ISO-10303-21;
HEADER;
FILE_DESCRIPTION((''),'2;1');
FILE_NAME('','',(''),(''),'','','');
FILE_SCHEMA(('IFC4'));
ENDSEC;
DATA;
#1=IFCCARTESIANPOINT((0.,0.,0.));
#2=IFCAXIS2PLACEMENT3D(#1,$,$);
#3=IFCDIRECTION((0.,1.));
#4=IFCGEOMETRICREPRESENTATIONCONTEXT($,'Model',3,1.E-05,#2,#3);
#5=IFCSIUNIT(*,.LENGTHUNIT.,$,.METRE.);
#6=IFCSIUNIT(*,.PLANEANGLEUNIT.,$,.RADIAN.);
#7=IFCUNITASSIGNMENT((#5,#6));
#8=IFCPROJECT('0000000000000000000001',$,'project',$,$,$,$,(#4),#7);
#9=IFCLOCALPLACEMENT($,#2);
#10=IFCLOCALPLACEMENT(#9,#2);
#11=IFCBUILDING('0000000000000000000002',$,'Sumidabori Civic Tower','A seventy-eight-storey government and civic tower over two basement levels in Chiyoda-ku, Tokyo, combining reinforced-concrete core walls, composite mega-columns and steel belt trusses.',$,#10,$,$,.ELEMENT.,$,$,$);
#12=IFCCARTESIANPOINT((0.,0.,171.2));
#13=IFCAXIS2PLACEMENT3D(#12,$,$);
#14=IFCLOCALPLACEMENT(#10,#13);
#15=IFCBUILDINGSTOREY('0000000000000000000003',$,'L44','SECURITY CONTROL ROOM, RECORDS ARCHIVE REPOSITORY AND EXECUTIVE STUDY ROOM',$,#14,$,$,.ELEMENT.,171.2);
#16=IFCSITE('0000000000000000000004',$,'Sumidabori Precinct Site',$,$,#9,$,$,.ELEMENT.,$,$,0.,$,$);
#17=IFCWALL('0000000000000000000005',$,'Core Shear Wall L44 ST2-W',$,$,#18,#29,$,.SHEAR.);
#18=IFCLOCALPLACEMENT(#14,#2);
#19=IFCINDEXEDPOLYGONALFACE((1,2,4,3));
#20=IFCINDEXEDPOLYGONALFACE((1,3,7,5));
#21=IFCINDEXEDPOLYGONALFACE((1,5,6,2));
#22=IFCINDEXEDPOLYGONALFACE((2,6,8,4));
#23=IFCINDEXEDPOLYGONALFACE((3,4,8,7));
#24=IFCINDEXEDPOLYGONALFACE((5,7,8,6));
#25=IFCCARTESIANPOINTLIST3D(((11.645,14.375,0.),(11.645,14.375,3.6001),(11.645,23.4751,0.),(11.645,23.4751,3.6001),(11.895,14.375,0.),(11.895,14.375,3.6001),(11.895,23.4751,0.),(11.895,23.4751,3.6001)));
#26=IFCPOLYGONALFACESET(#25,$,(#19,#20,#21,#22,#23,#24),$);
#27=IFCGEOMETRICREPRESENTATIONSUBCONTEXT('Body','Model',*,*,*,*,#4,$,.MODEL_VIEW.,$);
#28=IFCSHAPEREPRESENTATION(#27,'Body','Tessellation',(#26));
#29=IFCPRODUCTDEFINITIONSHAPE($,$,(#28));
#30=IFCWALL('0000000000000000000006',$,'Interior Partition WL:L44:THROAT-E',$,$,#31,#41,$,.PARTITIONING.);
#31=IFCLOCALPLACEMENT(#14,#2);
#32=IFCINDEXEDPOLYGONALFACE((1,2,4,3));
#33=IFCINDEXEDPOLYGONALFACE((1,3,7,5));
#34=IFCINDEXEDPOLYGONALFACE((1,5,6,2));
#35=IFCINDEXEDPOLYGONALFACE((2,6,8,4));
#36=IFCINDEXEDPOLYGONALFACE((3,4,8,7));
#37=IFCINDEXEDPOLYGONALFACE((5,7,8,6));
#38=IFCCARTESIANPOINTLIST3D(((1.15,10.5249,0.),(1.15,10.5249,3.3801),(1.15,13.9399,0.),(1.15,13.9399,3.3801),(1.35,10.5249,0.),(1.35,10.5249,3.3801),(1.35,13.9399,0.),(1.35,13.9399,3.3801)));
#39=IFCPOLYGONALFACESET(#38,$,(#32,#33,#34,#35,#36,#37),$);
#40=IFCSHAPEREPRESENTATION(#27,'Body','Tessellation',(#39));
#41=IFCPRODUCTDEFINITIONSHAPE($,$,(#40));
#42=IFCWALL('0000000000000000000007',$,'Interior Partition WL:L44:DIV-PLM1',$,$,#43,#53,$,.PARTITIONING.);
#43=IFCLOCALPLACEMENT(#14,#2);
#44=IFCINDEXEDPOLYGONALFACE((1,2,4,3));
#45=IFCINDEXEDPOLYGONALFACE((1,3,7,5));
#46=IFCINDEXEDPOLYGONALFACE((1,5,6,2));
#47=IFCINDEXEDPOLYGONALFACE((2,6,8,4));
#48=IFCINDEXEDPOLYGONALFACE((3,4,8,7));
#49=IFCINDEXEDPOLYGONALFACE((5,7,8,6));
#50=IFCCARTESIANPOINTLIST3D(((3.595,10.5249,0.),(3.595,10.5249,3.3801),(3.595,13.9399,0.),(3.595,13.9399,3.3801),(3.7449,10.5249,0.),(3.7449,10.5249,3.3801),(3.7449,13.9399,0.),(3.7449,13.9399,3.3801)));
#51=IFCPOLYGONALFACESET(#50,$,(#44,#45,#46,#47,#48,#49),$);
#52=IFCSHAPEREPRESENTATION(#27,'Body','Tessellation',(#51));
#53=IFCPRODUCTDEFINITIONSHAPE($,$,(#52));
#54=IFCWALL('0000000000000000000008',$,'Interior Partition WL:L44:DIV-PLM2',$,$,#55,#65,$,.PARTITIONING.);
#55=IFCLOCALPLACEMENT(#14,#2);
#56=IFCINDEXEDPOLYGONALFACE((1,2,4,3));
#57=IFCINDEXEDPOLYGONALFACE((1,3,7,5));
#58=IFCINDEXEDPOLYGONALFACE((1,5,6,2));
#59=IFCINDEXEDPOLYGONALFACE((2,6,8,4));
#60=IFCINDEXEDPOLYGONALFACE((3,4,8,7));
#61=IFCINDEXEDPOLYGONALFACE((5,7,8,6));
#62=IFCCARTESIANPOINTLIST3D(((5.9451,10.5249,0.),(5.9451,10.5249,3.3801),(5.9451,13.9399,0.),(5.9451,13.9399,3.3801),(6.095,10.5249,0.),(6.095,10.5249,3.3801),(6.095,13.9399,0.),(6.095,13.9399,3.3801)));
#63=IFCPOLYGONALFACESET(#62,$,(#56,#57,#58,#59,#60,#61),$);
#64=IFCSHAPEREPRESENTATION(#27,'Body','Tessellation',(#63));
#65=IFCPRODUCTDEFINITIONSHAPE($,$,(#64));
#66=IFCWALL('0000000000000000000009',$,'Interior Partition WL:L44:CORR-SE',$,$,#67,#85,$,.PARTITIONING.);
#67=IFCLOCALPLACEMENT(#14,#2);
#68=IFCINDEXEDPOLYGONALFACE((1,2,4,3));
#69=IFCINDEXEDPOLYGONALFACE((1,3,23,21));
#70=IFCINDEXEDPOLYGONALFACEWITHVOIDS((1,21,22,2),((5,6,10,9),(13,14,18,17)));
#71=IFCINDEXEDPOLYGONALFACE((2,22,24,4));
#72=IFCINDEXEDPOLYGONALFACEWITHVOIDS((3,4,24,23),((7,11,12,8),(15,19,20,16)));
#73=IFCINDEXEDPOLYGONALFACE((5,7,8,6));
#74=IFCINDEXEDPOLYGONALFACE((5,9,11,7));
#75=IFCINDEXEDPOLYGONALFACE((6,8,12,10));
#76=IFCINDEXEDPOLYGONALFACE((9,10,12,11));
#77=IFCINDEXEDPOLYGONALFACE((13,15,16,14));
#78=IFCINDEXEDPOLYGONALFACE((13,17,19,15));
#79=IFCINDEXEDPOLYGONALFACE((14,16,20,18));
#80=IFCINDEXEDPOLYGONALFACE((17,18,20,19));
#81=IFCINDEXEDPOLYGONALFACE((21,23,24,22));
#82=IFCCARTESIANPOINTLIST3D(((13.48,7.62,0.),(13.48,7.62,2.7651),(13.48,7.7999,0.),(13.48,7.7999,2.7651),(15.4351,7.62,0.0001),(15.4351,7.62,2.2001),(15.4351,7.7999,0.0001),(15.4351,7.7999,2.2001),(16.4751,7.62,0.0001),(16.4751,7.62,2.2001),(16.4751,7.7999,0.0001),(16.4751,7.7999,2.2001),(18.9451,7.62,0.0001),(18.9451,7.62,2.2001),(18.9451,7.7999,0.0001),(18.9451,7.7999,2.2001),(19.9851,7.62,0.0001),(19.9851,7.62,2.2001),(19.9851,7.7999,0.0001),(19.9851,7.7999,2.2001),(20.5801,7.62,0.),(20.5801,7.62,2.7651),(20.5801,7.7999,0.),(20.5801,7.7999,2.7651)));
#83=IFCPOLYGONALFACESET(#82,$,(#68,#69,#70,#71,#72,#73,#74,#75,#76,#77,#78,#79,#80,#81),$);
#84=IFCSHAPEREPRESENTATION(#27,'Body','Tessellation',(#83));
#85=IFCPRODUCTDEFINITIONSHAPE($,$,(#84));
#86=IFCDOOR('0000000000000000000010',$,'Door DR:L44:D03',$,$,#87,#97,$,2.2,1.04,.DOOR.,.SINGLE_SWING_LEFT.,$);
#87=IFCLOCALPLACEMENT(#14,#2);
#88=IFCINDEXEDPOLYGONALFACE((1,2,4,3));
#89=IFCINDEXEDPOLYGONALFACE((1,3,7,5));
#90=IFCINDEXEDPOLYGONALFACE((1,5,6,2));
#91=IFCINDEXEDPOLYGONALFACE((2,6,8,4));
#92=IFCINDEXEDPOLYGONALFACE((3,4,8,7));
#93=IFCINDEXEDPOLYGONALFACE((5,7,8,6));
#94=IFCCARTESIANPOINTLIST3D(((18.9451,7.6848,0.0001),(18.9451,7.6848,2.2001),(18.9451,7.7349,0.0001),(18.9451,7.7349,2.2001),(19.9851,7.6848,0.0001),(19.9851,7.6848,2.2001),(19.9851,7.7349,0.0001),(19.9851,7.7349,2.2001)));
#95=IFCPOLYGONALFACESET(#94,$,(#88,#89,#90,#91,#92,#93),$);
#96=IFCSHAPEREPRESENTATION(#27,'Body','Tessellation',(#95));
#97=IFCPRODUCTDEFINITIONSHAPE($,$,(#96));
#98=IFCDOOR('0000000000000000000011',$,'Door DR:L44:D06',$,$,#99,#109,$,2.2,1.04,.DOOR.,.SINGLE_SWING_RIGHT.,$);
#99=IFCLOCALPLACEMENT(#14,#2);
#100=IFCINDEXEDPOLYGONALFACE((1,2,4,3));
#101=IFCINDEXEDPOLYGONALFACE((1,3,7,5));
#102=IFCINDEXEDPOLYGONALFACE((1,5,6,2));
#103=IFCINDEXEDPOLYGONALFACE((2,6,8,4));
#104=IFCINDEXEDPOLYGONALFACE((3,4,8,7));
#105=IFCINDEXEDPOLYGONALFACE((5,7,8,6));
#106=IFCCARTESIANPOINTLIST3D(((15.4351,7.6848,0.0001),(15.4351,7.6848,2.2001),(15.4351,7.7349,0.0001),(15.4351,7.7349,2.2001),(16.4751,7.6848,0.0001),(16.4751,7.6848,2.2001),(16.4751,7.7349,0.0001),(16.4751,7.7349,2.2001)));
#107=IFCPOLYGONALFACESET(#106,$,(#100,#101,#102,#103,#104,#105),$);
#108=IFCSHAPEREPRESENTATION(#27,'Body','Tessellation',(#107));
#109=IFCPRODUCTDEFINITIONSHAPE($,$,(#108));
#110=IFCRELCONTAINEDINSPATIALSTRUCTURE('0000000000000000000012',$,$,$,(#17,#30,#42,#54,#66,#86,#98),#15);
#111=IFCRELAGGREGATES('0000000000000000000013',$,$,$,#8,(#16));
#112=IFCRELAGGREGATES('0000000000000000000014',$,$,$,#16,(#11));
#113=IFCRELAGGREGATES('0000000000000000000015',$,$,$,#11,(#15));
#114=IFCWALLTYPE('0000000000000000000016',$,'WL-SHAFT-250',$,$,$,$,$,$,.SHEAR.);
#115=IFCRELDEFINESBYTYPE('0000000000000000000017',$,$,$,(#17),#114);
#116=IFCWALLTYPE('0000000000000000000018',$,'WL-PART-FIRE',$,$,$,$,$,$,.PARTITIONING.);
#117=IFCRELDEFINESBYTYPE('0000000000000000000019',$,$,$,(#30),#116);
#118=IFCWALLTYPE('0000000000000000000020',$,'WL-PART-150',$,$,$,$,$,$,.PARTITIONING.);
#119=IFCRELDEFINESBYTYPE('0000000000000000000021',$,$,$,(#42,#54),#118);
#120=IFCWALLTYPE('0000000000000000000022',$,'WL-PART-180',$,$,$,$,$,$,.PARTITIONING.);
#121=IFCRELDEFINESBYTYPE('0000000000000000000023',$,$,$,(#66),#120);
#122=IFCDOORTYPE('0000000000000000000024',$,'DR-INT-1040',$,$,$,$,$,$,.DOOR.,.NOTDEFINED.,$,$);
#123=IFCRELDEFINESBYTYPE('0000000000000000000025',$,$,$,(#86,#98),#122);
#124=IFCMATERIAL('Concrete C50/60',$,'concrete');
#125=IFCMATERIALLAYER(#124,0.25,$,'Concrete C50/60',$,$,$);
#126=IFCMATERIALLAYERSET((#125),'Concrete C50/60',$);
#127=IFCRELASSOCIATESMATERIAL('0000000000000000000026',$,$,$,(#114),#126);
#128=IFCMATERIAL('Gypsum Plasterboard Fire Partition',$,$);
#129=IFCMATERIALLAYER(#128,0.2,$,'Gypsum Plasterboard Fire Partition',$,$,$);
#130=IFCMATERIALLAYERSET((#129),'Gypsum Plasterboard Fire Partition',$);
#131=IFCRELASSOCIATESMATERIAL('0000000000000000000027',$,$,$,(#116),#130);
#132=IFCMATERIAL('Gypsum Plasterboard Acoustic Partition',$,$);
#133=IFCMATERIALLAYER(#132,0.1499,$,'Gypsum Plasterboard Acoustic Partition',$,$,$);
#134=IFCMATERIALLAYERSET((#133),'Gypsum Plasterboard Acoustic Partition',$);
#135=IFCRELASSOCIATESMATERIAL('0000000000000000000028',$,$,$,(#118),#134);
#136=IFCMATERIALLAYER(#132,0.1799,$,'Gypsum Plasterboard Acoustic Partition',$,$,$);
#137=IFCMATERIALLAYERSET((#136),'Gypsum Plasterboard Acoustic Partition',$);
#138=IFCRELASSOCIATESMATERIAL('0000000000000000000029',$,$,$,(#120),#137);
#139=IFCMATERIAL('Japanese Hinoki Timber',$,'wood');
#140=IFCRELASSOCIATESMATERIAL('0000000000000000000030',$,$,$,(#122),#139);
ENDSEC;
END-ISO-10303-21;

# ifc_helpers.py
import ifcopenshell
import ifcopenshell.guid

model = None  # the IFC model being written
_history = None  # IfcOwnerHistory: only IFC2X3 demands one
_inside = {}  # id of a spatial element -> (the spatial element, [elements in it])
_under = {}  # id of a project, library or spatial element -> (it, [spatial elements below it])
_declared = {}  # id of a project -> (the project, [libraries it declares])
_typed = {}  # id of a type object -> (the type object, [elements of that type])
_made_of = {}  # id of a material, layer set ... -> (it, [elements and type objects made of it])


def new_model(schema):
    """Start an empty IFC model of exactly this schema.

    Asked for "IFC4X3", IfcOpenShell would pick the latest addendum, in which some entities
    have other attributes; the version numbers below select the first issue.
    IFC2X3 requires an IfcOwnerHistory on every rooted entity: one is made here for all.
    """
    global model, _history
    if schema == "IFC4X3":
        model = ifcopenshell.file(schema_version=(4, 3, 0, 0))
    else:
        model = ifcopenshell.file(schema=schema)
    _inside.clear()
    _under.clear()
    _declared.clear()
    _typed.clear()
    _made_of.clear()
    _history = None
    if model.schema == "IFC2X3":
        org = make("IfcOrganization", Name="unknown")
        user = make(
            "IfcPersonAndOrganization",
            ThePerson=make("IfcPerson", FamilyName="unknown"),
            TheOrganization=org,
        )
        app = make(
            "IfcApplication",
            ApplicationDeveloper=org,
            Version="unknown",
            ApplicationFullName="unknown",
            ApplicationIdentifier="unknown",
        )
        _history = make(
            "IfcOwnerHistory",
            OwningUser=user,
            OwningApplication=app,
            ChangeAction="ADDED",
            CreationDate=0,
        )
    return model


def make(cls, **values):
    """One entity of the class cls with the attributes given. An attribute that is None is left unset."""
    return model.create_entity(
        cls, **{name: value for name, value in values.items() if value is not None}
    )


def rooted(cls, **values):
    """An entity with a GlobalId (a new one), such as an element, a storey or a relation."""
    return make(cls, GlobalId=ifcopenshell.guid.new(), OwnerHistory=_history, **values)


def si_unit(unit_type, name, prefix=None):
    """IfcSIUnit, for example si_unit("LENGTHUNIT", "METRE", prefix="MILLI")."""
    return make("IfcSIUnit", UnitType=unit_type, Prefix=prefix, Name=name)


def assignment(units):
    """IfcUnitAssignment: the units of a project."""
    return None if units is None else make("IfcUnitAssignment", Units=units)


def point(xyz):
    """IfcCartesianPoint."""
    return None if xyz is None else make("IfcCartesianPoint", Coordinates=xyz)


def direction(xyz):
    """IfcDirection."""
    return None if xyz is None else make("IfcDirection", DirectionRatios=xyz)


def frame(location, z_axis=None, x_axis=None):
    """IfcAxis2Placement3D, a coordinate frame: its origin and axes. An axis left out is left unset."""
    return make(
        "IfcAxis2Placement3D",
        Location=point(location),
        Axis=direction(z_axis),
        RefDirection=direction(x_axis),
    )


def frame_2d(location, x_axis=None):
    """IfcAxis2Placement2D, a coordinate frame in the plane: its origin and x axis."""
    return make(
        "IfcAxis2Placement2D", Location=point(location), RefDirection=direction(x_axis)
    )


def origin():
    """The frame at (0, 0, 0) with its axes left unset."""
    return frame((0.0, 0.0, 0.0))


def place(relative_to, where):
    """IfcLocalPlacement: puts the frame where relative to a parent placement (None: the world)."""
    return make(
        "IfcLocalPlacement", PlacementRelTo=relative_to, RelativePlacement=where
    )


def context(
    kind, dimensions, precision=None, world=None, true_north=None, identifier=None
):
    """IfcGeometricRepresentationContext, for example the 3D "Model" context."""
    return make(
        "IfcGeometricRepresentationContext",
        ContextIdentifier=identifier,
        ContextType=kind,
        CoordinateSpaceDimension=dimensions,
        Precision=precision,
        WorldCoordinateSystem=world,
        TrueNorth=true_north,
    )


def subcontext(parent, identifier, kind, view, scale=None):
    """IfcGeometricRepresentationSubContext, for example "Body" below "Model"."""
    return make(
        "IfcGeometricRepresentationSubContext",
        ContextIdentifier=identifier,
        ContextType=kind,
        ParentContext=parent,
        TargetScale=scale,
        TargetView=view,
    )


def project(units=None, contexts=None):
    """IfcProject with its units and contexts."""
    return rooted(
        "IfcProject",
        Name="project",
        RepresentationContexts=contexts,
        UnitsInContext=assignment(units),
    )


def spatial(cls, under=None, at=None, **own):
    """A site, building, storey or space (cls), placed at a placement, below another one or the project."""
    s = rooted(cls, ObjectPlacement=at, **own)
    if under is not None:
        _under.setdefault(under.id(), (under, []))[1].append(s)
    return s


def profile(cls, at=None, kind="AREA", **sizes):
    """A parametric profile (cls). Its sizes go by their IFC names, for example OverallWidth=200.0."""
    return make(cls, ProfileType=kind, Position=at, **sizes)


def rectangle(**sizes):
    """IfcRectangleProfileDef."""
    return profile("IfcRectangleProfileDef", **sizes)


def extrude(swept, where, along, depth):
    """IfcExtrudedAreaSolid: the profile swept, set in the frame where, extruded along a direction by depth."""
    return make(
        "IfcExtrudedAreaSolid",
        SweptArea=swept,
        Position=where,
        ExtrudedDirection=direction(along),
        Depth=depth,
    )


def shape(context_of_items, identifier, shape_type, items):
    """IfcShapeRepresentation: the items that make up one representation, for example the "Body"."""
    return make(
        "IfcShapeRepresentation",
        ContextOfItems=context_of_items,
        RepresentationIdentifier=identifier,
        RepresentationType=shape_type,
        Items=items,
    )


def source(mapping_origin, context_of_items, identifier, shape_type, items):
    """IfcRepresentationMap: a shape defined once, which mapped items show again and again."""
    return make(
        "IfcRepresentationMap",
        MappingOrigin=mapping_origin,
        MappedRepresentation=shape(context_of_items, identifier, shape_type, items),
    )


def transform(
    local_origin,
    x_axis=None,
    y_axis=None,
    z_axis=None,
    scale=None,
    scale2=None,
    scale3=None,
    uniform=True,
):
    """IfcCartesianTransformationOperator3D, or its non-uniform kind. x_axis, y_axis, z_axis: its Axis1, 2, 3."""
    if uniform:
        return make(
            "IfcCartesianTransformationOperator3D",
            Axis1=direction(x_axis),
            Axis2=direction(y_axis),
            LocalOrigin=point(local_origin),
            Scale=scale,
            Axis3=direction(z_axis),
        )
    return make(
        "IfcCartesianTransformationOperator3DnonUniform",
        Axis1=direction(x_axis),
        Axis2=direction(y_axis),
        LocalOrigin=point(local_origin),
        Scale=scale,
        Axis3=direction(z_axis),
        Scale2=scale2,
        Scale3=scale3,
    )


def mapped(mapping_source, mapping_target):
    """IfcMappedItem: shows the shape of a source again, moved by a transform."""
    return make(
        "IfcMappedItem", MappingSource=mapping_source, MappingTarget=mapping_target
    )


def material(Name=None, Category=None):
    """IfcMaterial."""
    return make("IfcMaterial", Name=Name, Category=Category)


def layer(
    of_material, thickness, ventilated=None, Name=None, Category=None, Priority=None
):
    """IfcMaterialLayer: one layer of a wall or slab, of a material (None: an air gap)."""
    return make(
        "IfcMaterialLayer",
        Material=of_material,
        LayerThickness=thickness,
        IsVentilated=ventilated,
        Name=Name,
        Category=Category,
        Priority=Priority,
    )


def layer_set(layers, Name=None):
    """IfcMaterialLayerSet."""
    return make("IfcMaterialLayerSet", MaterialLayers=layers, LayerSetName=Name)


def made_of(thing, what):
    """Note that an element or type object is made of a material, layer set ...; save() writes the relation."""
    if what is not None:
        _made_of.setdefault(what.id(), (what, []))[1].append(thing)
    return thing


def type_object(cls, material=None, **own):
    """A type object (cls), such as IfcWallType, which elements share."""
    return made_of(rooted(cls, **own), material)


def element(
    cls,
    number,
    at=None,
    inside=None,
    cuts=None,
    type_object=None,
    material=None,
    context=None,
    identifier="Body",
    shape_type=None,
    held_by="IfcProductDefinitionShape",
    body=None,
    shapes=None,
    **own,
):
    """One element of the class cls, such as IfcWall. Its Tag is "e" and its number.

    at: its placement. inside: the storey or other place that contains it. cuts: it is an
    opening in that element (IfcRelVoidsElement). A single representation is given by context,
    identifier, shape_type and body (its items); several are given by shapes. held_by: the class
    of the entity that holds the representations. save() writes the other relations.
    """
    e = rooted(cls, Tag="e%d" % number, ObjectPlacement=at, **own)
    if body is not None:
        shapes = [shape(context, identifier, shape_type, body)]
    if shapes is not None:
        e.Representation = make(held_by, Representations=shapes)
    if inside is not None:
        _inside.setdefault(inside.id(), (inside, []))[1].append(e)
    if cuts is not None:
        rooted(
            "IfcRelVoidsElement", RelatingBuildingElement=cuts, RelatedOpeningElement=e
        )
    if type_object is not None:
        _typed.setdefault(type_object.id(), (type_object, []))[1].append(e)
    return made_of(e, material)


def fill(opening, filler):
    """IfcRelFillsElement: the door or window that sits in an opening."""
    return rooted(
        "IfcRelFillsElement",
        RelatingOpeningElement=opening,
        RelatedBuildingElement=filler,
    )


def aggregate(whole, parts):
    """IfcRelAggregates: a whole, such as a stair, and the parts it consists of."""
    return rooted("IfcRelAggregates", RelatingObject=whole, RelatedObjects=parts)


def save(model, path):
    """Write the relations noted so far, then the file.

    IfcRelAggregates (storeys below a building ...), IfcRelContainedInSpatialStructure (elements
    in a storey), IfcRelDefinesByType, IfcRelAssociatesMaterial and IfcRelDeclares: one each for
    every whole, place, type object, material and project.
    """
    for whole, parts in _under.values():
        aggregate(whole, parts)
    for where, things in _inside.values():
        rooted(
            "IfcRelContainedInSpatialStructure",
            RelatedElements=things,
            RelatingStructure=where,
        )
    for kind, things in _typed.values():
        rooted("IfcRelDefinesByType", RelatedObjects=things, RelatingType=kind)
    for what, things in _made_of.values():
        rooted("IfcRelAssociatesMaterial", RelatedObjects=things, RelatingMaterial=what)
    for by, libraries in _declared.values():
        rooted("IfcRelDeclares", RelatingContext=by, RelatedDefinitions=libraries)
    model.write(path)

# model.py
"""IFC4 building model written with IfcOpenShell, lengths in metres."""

from ifc_helpers import new_model, si_unit, direction, frame, frame_2d, origin, place, context, subcontext, project, spatial, rectangle, extrude, source, transform, mapped, material, layer, layer_set, type_object, element, fill, save


model = new_model("IFC4")

# Units and contexts
model_context = context("Model", 3, precision=1e-05, world=origin(), true_north=direction((0.0, 1.0)))
body_context = subcontext(model_context, "Body", "Model", "MODEL_VIEW")
ifc_project = project(units=[si_unit("LENGTHUNIT", "METRE"), si_unit("PLANEANGLEUNIT", "RADIAN")], contexts=[model_context])

# Site, building, storey
site_placement = place(None, origin())
site = spatial("IfcSite", under=ifc_project, at=site_placement, Name="Sumidabori Precinct Site", CompositionType="ELEMENT", RefElevation=0.0)
building_placement = place(site_placement, origin())
building = spatial("IfcBuilding", under=site, at=building_placement, Name="Sumidabori Civic Tower", Description="A seventy-eight-storey government and civic tower over two basement levels in Chiyoda-ku, Tokyo, combining reinforced-concrete core walls, composite mega-columns and steel belt trusses.", CompositionType="ELEMENT")
storey_placement = place(building_placement, frame((0.0, 0.0, 171.2)))
storey = spatial("IfcBuildingStorey", under=building, at=storey_placement, Name="L44", Description="SECURITY CONTROL ROOM, RECORDS ARCHIVE REPOSITORY AND EXECUTIVE STUDY ROOM", CompositionType="ELEMENT", Elevation=171.2)

# Shared definitions
ifc_material_1 = material(Name="Concrete C50/60", Category="concrete")

# Shared definitions
ifc_layer_1 = layer(ifc_material_1, 0.25, Name="Concrete C50/60")
ifc_layer_set_1 = layer_set([ifc_layer_1], Name="Concrete C50/60")
wall_type_1 = type_object("IfcWallType", Name="WL-SHAFT-250", PredefinedType="SHEAR", material=ifc_layer_set_1)
ifc_material_2 = material(Name="Japanese Hinoki Timber", Category="wood")

# Wall
shared_shape_1 = source(origin(), body_context, "Body", "SweptSolid", [
    extrude(rectangle(XDim=9.1001, YDim=0.25, at=frame_2d((4.55, 0.0))), origin(), (0.0, 0.0, 1.0), 3.6001),
])
wall_1_placement = place(storey_placement, frame((11.77, 14.375, 0.0), z_axis=(0.0, 0.0, 1.0), x_axis=(0.0, 1.0, 0.0)))
element("IfcWall", 1, at=wall_1_placement, inside=storey, type_object=wall_type_1, Name="Core Shear Wall L44 ST2-W", PredefinedType="SHEAR", context=body_context, shape_type="MappedRepresentation", body=[
    mapped(shared_shape_1, transform((0.0, 0.0, 0.0), x_axis=(1.0, 0.0, 0.0), y_axis=(0.0, 1.0, 0.0), z_axis=(0.0, 0.0, 1.0), scale=1.0)),
])

# Shared definitions
ifc_material_3 = material(Name="Gypsum Plasterboard Fire Partition")
ifc_layer_2 = layer(ifc_material_3, 0.2, Name="Gypsum Plasterboard Fire Partition")
ifc_layer_set_2 = layer_set([ifc_layer_2], Name="Gypsum Plasterboard Fire Partition")
wall_type_2 = type_object("IfcWallType", Name="WL-PART-FIRE", PredefinedType="PARTITIONING", material=ifc_layer_set_2)

# Walls
shared_shape_2 = source(origin(), body_context, "Body", "SweptSolid", [
    extrude(rectangle(XDim=3.415, YDim=0.2, at=frame_2d((1.7075, 0.0))), origin(), (0.0, 0.0, 1.0), 3.3801),
])
wall_2_placement = place(storey_placement, frame((1.25, 10.5249, 0.0), z_axis=(0.0, 0.0, 1.0), x_axis=(0.0, 1.0, 0.0)))
element("IfcWall", 2, at=wall_2_placement, inside=storey, type_object=wall_type_2, Name="Interior Partition WL:L44:THROAT-E", PredefinedType="PARTITIONING", context=body_context, shape_type="MappedRepresentation", body=[
    mapped(shared_shape_2, transform((0.0, 0.0, 0.0), x_axis=(1.0, 0.0, 0.0), y_axis=(0.0, 1.0, 0.0), z_axis=(0.0, 0.0, 1.0), scale=1.0)),
])
ifc_material_4 = material(Name="Gypsum Plasterboard Acoustic Partition")
ifc_layer_3 = layer(ifc_material_4, 0.1499, Name="Gypsum Plasterboard Acoustic Partition")
ifc_layer_set_3 = layer_set([ifc_layer_3], Name="Gypsum Plasterboard Acoustic Partition")
wall_type_3 = type_object("IfcWallType", Name="WL-PART-150", PredefinedType="PARTITIONING", material=ifc_layer_set_3)
shared_shape_3 = source(origin(), body_context, "Body", "SweptSolid", [
    extrude(rectangle(XDim=3.415, YDim=0.1499, at=frame_2d((1.7075, 0.0))), origin(), (0.0, 0.0, 1.0), 3.3801),
])
for number, where, z_axis, x_axis, name in (
    (3, (3.6699, 10.5249, 0.0), (0.0, 0.0, 1.0), (0.0, 1.0, 0.0), "Interior Partition WL:L44:DIV-PLM1"),
    (4, (6.02, 10.5249, 0.0), (0.0, 0.0, 1.0), (0.0, 1.0, 0.0), "Interior Partition WL:L44:DIV-PLM2"),
):
    element("IfcWall", number, at=place(storey_placement, frame(where, z_axis=z_axis, x_axis=x_axis)), inside=storey, type_object=wall_type_3, Name=name, PredefinedType="PARTITIONING", context=body_context, shape_type="MappedRepresentation", body=[
        mapped(shared_shape_3, transform((0.0, 0.0, 0.0), x_axis=(1.0, 0.0, 0.0), y_axis=(0.0, 1.0, 0.0), z_axis=(0.0, 0.0, 1.0), scale=1.0)),
    ])

# Wall, openings, doors
ifc_layer_4 = layer(ifc_material_4, 0.1799, Name="Gypsum Plasterboard Acoustic Partition")
ifc_layer_set_4 = layer_set([ifc_layer_4], Name="Gypsum Plasterboard Acoustic Partition")
wall_type_4 = type_object("IfcWallType", Name="WL-PART-180", PredefinedType="PARTITIONING", material=ifc_layer_set_4)
shared_shape_4 = source(origin(), body_context, "Body", "SweptSolid", [
    extrude(rectangle(XDim=7.1001, YDim=0.1799, at=frame_2d((3.55, 0.0))), origin(), (0.0, 0.0, 1.0), 2.7651),
])
wall_3_placement = place(storey_placement, frame((13.48, 7.71, 0.0), z_axis=(0.0, 0.0, 1.0), x_axis=(1.0, 0.0, 0.0)))
wall_3 = element("IfcWall", 5, at=wall_3_placement, inside=storey, type_object=wall_type_4, Name="Interior Partition WL:L44:CORR-SE", PredefinedType="PARTITIONING", context=body_context, shape_type="MappedRepresentation", body=[
    mapped(shared_shape_4, transform((0.0, 0.0, 0.0), x_axis=(1.0, 0.0, 0.0), y_axis=(0.0, 1.0, 0.0), z_axis=(0.0, 0.0, 1.0), scale=1.0)),
])
opening_1_placement = place(wall_3_placement, frame((5.4651, 0.0, 0.0)))
opening_1 = element("IfcOpeningElement", 6, at=opening_1_placement, cuts=wall_3, PredefinedType="OPENING", context=body_context, shape_type="SweptSolid", body=[
    extrude(rectangle(XDim=1.04, YDim=2.2, at=frame_2d((0.52, 1.1001))), frame((0.0, 0.1021, 0.0), z_axis=(0.0, -1.0, 0.0), x_axis=(1.0, 0.0, 0.0)), (0.0, 0.0, 1.0), 0.2039),
])
opening_2_placement = place(wall_3_placement, frame((1.9551, 0.0, 0.0)))
opening_2 = element("IfcOpeningElement", 7, at=opening_2_placement, cuts=wall_3, PredefinedType="OPENING", context=body_context, shape_type="SweptSolid", body=[
    extrude(rectangle(XDim=1.04, YDim=2.2, at=frame_2d((0.52, 1.1001))), frame((0.0, 0.1021, 0.0), z_axis=(0.0, -1.0, 0.0), x_axis=(1.0, 0.0, 0.0)), (0.0, 0.0, 1.0), 0.2039),
])
door_type_1 = type_object("IfcDoorType", Name="DR-INT-1040", OperationType="NOTDEFINED", PredefinedType="DOOR", material=ifc_material_2)
shared_shape_5 = source(origin(), body_context, "Body", "SweptSolid", [
    extrude(rectangle(XDim=1.04, YDim=2.2, at=frame_2d((0.52, 1.1001))), frame((0.0, 0.0249, 0.0), z_axis=(0.0, -1.0, 0.0), x_axis=(1.0, 0.0, 0.0)), (0.0, 0.0, 1.0), 0.05),
])
door_1_placement = place(opening_1_placement, origin())
door_1 = element("IfcDoor", 8, at=door_1_placement, inside=storey, type_object=door_type_1, Name="Door DR:L44:D03", OperationType="SINGLE_SWING_LEFT", OverallHeight=2.2, OverallWidth=1.04, PredefinedType="DOOR", context=body_context, shape_type="MappedRepresentation", body=[
    mapped(shared_shape_5, transform((0.0, 0.0, 0.0), x_axis=(1.0, 0.0, 0.0), y_axis=(0.0, 1.0, 0.0), z_axis=(0.0, 0.0, 1.0), scale=1.0)),
])
fill(opening_1, door_1)
door_2_placement = place(opening_2_placement, origin())
door_2 = element("IfcDoor", 9, at=door_2_placement, inside=storey, type_object=door_type_1, Name="Door DR:L44:D06", OperationType="SINGLE_SWING_RIGHT", OverallHeight=2.2, OverallWidth=1.04, PredefinedType="DOOR", context=body_context, shape_type="MappedRepresentation", body=[
    mapped(shared_shape_5, transform((0.0, 0.0, 0.0), x_axis=(1.0, 0.0, 0.0), y_axis=(0.0, 1.0, 0.0), z_axis=(0.0, 0.0, 1.0), scale=1.0)),
])
fill(opening_2, door_2)

save(model, "model.ifc")
